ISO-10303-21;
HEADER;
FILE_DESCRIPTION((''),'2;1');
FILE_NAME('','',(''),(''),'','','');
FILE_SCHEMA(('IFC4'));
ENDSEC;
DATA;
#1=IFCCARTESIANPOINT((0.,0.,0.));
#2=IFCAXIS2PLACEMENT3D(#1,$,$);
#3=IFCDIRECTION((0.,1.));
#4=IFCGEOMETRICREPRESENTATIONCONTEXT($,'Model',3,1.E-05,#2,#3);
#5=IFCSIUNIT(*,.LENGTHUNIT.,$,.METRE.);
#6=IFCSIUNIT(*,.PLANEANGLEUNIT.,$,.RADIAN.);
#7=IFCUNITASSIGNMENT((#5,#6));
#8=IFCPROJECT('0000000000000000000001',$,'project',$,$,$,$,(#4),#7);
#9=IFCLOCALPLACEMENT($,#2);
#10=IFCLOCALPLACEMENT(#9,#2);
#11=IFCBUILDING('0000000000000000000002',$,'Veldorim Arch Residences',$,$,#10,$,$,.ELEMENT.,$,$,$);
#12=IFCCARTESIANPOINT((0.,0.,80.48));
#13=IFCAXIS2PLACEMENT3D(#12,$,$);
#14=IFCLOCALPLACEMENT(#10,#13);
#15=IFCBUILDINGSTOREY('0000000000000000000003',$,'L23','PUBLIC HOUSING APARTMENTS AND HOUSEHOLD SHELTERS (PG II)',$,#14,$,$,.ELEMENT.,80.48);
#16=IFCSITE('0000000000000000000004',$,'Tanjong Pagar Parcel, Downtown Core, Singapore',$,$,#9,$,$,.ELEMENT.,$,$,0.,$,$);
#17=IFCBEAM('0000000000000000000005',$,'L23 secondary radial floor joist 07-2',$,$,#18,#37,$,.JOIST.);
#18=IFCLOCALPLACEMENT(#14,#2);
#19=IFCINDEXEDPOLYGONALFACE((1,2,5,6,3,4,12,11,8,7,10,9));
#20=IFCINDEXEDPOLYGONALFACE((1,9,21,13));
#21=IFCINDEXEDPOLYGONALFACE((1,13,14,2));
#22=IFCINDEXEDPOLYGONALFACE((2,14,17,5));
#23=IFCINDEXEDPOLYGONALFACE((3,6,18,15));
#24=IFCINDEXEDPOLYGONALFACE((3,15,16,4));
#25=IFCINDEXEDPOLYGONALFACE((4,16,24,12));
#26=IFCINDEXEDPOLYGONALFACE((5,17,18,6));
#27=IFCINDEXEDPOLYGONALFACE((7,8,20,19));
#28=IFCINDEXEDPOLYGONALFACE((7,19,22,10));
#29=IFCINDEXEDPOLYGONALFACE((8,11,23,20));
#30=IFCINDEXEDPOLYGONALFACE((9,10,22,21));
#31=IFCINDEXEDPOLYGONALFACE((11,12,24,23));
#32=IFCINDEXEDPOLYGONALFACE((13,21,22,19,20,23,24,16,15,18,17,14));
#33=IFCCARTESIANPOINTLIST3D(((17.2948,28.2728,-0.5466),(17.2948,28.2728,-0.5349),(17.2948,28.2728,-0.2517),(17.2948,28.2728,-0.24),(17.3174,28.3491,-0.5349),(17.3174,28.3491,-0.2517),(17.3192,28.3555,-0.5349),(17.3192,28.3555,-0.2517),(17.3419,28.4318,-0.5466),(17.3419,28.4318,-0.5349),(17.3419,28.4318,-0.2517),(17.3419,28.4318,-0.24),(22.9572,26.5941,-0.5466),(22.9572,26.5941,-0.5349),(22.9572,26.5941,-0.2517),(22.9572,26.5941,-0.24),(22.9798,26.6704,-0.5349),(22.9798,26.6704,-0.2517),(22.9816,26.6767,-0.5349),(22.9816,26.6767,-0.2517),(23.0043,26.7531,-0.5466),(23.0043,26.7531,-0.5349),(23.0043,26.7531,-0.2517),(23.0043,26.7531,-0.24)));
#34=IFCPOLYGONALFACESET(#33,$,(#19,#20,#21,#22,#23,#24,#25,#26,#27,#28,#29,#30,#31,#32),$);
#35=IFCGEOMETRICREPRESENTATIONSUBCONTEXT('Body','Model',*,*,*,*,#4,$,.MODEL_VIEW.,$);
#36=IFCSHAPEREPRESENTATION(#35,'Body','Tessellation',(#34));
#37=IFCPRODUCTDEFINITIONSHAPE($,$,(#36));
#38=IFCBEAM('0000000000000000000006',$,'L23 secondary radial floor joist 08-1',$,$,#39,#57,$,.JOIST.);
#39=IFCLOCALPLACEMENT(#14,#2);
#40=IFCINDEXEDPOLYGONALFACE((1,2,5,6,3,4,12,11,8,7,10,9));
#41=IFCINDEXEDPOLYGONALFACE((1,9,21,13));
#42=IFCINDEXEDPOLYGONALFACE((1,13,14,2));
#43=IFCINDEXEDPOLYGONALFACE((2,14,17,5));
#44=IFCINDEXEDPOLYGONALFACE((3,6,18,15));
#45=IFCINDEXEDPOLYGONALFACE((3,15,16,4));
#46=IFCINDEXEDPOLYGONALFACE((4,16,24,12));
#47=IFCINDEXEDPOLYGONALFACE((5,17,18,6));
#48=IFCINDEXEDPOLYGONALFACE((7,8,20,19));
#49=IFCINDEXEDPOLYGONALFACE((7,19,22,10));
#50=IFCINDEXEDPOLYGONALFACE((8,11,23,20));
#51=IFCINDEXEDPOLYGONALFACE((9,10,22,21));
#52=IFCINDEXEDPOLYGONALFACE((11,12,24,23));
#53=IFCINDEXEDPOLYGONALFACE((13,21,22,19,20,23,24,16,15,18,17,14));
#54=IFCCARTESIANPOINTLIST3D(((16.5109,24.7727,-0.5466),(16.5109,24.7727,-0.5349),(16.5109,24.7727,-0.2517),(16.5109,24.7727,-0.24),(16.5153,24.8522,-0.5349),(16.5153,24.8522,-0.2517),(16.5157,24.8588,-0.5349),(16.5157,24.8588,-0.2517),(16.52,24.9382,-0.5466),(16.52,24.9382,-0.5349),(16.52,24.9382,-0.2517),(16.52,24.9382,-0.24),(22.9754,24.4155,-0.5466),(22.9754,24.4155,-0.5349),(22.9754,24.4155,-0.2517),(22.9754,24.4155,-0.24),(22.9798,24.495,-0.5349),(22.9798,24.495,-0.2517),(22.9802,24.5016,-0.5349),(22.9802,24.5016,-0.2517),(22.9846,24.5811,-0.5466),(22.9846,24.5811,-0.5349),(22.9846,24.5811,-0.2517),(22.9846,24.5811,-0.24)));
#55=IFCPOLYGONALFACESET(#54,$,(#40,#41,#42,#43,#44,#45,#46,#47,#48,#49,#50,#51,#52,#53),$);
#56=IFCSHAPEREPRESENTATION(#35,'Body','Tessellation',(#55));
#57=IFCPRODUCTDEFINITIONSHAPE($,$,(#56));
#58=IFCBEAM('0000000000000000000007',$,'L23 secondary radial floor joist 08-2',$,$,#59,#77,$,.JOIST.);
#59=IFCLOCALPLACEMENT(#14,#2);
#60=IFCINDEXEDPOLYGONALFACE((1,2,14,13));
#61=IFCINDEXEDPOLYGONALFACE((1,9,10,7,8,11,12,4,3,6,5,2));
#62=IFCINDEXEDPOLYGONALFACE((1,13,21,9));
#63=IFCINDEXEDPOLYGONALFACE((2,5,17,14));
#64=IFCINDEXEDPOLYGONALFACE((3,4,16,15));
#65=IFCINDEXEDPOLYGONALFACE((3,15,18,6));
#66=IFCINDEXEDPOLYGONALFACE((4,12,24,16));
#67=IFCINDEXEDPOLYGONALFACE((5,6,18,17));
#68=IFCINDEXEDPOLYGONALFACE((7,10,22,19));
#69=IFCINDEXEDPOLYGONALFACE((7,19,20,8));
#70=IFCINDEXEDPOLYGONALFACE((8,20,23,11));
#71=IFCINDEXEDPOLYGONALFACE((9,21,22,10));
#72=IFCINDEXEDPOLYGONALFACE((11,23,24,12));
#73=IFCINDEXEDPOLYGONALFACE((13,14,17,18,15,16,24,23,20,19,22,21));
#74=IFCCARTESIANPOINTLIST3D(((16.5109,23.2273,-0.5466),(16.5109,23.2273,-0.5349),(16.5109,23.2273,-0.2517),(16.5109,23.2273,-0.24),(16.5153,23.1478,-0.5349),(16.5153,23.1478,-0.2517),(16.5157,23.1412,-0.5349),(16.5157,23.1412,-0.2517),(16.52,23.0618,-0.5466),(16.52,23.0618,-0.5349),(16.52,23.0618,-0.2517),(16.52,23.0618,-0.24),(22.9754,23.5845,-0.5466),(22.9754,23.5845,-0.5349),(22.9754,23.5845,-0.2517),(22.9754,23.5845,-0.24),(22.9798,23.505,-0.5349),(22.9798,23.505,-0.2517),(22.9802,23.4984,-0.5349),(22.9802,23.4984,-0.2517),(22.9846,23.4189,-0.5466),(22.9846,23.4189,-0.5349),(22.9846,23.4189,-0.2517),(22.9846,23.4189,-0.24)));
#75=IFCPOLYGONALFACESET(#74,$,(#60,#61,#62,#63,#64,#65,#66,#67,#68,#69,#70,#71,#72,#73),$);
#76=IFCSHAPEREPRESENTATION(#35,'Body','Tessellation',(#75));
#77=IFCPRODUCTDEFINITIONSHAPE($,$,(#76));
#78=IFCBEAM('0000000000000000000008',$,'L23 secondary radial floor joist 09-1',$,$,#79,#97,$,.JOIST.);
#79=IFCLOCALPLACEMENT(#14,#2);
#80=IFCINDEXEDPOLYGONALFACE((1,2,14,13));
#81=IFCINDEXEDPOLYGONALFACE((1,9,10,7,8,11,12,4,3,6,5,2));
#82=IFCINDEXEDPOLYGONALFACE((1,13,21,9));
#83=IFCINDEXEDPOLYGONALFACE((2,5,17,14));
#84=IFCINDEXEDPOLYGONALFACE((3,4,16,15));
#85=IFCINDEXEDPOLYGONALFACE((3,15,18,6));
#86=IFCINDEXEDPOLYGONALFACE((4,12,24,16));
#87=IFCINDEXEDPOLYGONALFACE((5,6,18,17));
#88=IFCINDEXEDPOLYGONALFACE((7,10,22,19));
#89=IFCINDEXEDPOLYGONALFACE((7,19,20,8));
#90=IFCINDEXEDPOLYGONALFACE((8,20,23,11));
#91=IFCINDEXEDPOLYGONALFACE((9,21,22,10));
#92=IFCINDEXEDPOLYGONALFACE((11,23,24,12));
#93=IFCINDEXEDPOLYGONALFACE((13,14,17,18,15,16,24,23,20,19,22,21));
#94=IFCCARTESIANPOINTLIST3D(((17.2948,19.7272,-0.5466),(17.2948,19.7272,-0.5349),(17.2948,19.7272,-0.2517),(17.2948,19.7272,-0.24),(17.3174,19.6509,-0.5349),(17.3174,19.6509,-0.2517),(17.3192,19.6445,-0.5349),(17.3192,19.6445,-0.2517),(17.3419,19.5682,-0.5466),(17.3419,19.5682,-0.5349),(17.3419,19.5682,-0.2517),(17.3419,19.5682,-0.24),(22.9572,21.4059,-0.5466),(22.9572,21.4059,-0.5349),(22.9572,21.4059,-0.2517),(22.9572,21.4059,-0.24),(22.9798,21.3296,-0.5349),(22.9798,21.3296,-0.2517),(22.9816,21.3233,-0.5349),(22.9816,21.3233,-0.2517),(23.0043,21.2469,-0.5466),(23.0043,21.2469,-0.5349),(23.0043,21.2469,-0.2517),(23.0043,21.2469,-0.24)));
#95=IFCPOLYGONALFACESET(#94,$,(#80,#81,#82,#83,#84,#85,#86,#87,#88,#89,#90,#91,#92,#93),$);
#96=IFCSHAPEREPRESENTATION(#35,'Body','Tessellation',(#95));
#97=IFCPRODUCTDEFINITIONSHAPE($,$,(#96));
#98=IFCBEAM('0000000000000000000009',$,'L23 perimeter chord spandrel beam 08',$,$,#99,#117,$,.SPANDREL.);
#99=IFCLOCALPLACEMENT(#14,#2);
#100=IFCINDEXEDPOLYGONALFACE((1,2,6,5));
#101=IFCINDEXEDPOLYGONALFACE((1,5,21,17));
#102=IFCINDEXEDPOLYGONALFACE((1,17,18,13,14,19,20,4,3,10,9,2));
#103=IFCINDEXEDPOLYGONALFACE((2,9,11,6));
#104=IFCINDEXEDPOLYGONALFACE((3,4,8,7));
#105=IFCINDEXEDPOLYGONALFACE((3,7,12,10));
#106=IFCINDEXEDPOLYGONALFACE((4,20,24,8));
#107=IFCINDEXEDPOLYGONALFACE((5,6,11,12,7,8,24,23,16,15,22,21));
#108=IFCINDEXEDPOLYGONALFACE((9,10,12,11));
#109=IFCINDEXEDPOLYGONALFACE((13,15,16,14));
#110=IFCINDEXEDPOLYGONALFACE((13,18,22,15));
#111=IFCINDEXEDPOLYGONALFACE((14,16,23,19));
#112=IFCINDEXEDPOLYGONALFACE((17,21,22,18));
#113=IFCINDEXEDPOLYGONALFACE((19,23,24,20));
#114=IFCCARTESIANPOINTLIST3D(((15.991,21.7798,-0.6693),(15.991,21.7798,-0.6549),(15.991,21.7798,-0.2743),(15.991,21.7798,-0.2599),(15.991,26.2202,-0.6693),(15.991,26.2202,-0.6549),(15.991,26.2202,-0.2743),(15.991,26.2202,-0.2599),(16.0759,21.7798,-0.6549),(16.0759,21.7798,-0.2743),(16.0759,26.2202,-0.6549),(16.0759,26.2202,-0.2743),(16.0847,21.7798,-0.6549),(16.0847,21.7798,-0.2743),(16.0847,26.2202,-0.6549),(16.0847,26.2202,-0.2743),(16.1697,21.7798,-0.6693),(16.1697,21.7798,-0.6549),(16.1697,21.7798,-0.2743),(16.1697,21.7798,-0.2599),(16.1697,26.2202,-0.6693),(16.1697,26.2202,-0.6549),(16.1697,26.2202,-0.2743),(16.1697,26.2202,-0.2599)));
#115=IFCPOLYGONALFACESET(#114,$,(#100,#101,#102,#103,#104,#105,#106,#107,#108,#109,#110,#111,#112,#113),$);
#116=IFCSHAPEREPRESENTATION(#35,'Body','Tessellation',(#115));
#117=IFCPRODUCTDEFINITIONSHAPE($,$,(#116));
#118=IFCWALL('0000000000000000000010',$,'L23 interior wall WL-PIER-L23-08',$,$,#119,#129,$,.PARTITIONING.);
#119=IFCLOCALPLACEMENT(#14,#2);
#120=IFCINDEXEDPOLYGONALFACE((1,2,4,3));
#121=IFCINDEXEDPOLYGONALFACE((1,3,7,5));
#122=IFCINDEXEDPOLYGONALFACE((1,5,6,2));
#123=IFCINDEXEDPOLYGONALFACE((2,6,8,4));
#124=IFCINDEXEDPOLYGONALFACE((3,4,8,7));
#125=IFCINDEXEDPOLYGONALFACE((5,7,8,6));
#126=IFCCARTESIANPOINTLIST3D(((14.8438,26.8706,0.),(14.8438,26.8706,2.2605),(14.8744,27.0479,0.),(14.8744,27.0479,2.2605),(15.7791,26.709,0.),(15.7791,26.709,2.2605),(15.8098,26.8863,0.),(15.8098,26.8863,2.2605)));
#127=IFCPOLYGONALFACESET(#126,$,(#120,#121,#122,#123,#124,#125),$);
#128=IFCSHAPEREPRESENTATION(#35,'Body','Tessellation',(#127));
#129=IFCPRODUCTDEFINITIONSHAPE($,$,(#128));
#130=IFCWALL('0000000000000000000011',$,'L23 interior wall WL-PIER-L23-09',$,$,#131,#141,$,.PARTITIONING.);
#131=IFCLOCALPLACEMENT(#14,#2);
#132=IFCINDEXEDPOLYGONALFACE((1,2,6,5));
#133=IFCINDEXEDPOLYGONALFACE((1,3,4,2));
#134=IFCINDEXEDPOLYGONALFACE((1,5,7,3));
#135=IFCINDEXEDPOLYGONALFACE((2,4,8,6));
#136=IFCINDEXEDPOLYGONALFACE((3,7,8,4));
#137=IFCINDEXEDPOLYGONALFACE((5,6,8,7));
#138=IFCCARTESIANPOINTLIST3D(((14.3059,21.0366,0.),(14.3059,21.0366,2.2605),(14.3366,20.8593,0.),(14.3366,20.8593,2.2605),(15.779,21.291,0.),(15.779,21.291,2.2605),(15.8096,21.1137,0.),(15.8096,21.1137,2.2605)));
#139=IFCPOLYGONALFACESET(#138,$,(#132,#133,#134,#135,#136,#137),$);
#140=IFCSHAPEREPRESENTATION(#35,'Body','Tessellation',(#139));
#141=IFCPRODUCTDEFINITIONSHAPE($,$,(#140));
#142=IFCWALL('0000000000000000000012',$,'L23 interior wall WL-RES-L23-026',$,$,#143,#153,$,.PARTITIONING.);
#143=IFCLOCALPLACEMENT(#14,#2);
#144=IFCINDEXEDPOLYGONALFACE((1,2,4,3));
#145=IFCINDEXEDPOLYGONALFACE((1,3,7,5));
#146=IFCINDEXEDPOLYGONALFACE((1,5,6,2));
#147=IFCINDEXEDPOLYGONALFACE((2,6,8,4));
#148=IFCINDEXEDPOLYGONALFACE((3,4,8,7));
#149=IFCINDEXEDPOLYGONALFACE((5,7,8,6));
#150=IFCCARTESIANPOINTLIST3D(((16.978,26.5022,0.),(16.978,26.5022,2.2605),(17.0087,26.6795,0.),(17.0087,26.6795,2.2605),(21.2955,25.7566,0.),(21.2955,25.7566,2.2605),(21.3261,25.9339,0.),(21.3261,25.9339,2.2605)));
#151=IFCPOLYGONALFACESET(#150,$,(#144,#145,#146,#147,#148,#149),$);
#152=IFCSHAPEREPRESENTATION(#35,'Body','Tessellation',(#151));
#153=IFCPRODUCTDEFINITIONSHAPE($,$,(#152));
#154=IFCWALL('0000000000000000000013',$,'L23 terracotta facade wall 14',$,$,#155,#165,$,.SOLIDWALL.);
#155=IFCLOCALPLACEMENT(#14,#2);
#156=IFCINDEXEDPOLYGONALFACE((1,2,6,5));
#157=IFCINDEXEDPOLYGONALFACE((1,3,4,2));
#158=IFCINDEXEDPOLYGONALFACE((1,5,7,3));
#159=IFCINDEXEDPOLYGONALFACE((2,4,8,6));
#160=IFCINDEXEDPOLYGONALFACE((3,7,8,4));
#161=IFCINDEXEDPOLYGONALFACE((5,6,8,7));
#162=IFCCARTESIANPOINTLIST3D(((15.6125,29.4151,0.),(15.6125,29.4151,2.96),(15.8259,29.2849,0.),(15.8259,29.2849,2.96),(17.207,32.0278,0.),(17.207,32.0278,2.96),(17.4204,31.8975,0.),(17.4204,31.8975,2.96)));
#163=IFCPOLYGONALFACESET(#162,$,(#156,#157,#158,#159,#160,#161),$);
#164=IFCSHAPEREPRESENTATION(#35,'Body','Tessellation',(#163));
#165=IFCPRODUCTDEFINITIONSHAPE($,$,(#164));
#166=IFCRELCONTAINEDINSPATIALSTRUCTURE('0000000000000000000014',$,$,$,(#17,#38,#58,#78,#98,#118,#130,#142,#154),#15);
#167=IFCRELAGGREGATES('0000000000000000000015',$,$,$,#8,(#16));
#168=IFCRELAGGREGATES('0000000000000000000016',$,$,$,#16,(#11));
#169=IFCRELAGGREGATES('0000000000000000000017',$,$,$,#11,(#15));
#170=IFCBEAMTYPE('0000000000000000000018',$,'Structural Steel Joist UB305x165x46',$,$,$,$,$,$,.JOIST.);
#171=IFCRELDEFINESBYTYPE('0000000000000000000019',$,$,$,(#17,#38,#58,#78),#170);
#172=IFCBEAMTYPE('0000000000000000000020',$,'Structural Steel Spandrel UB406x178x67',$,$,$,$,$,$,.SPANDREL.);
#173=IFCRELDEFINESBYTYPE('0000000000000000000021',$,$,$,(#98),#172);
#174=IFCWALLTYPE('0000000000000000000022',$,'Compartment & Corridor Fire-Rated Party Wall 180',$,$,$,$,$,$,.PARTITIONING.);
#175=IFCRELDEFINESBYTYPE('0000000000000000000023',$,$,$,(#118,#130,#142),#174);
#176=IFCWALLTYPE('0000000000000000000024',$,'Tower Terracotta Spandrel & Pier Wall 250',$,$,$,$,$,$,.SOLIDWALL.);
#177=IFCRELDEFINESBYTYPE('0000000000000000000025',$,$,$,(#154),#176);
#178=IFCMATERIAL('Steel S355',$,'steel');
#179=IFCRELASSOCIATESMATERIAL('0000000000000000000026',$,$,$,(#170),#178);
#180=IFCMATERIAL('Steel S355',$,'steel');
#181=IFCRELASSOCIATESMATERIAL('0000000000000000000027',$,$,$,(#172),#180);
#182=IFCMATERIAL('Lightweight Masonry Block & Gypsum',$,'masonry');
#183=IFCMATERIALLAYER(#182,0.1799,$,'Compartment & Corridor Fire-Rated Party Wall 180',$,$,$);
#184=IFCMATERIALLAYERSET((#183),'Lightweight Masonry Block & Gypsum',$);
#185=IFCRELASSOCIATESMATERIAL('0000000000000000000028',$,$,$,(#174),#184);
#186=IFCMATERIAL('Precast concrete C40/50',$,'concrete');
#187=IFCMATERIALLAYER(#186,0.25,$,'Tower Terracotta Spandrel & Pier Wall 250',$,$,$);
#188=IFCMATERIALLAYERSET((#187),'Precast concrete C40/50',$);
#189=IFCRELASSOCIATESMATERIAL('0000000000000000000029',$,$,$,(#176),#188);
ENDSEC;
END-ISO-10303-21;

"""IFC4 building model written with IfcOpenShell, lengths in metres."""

from ifc_helpers import new_model, si_unit, direction, frame, frame_2d, origin, origin_2d, place, context, subcontext, project, spatial, rectangle, i_section, extrude, material, layer, layer_set, material_profile, profile_set, type_object, element, save


model = new_model("IFC4")

# Units and contexts
model_context = context("Model", 3, precision=1e-05, world=origin(), true_north=direction((0.0, 1.0)))
body_context = subcontext(model_context, "Body", "Model", "MODEL_VIEW")
ifc_project = project(units=[si_unit("LENGTHUNIT", "METRE"), si_unit("PLANEANGLEUNIT", "RADIAN")], contexts=[model_context])

# Site, building, storey
site_placement = place(None, origin())
site = spatial("IfcSite", under=ifc_project, at=site_placement, Name="Tanjong Pagar Parcel, Downtown Core, Singapore", CompositionType="ELEMENT", RefElevation=0.0)
building_placement = place(site_placement, origin())
building = spatial("IfcBuilding", under=site, at=building_placement, Name="Veldorim Arch Residences", CompositionType="ELEMENT")
storey_placement = place(building_placement, frame((0.0, 0.0, 80.48)))
storey = spatial("IfcBuildingStorey", under=building, at=storey_placement, Name="L23", Description="PUBLIC HOUSING APARTMENTS AND HOUSEHOLD SHELTERS (PG II)", CompositionType="ELEMENT", Elevation=80.48)

# Beams
ifc_material_1 = material(Name="Steel S355", Category="steel")
ifc_material_profile_1 = material_profile(ifc_material_1, i_section(OverallWidth=0.1658, OverallDepth=0.3066, WebThickness=0.0066, FlangeThickness=0.0117, at=origin_2d()), Name="UB305x165x46")
ifc_profile_set_1 = profile_set([ifc_material_profile_1], Name="Steel S355")
beam_type_1 = type_object("IfcBeamType", Name="Structural Steel Joist UB305x165x46", PredefinedType="JOIST", material=ifc_profile_set_1)
beam_1_placement = place(storey_placement, frame((22.9807, 26.6736, -0.3933), z_axis=(-0.958753, 0.28424, 0.0), x_axis=(-0.28424, -0.958753, 0.0)))
element("IfcBeam", 1, at=beam_1_placement, inside=storey, type_object=beam_type_1, Name="L23 secondary radial floor joist 07-2", PredefinedType="JOIST", context=body_context, shape_type="SweptSolid", body=[
    extrude(i_section(OverallWidth=0.1658, OverallDepth=0.3066, WebThickness=0.0066, FlangeThickness=0.0117, at=origin_2d()), origin(), (0.0, 0.0, 1.0), 5.906),
])
for number, where, z_axis, x_axis, name in (
    (2, (22.98, 24.4983, -0.3933), (-0.998477, 0.055167, 0.0), (-0.055167, -0.998477, 0.0), "L23 secondary radial floor joist 08-1"),
    (3, (22.98, 23.5017, -0.3933), (-0.998477, -0.055167, 0.0), (0.055167, -0.998477, 0.0), "L23 secondary radial floor joist 08-2"),
):
    element("IfcBeam", number, at=place(storey_placement, frame(where, z_axis=z_axis, x_axis=x_axis)), inside=storey, type_object=beam_type_1, Name=name, PredefinedType="JOIST", context=body_context, shape_type="SweptSolid", body=[
        extrude(i_section(OverallWidth=0.1658, OverallDepth=0.3066, WebThickness=0.0066, FlangeThickness=0.0117, at=origin_2d()), origin(), (0.0, 0.0, 1.0), 6.4744),
    ])
beam_2_placement = place(storey_placement, frame((22.9807, 21.3264, -0.3933), z_axis=(-0.958753, -0.28424, 0.0), x_axis=(0.28424, -0.958753, 0.0)))
element("IfcBeam", 4, at=beam_2_placement, inside=storey, type_object=beam_type_1, Name="L23 secondary radial floor joist 09-1", PredefinedType="JOIST", context=body_context, shape_type="SweptSolid", body=[
    extrude(i_section(OverallWidth=0.1658, OverallDepth=0.3066, WebThickness=0.0066, FlangeThickness=0.0117, at=origin_2d()), origin(), (0.0, 0.0, 1.0), 5.906),
])
ifc_material_2 = material(Name="Steel S355", Category="steel")
ifc_material_profile_2 = material_profile(ifc_material_2, i_section(OverallWidth=0.1787, OverallDepth=0.4094, WebThickness=0.0088, FlangeThickness=0.0144, at=origin_2d()), Name="UB406x178x67")
ifc_profile_set_2 = profile_set([ifc_material_profile_2], Name="Steel S355")
beam_type_2 = type_object("IfcBeamType", Name="Structural Steel Spandrel UB406x178x67", PredefinedType="SPANDREL", material=ifc_profile_set_2)
beam_3_placement = place(storey_placement, frame((16.0803, 26.2202, -0.4646), z_axis=(0.0, -1.0, 0.0), x_axis=(1.0, 0.0, 0.0)))
element("IfcBeam", 5, at=beam_3_placement, inside=storey, type_object=beam_type_2, Name="L23 perimeter chord spandrel beam 08", PredefinedType="SPANDREL", context=body_context, shape_type="SweptSolid", body=[
    extrude(i_section(OverallWidth=0.1787, OverallDepth=0.4094, WebThickness=0.0088, FlangeThickness=0.0144, at=origin_2d()), origin(), (0.0, 0.0, 1.0), 4.4404),
])

# Walls
ifc_material_3 = material(Name="Lightweight Masonry Block & Gypsum", Category="masonry")
ifc_layer_1 = layer(ifc_material_3, 0.1799, Name="Compartment & Corridor Fire-Rated Party Wall 180")
ifc_layer_set_1 = layer_set([ifc_layer_1], Name="Lightweight Masonry Block & Gypsum")
wall_type_1 = type_object("IfcWallType", Name="Compartment & Corridor Fire-Rated Party Wall 180", PredefinedType="PARTITIONING", material=ifc_layer_set_1)
wall_1_placement = place(storey_placement, frame((15.7944, 26.7976, 0.0), z_axis=(0.0, 0.0, 1.0), x_axis=(-0.985396, 0.170277, 0.0)))
element("IfcWall", 6, at=wall_1_placement, inside=storey, type_object=wall_type_1, Name="L23 interior wall WL-PIER-L23-08", PredefinedType="PARTITIONING", context=body_context, shape_type="SweptSolid", body=[
    extrude(rectangle(XDim=0.9492, YDim=0.1799, at=frame_2d((0.4746, 0.0))), origin(), (0.0, 0.0, 1.0), 2.2605),
])
wall_2_placement = place(storey_placement, frame((15.7944, 21.2024, 0.0), z_axis=(0.0, 0.0, 1.0), x_axis=(-0.985415, -0.170169, 0.0)))
element("IfcWall", 7, at=wall_2_placement, inside=storey, type_object=wall_type_1, Name="L23 interior wall WL-PIER-L23-09", PredefinedType="PARTITIONING", context=body_context, shape_type="SweptSolid", body=[
    extrude(rectangle(XDim=1.4949, YDim=0.1799, at=frame_2d((0.7476, 0.0))), origin(), (0.0, 0.0, 1.0), 2.2605),
])
wall_3_placement = place(storey_placement, frame((21.3108, 25.8452, 0.0), z_axis=(0.0, 0.0, 1.0), x_axis=(-0.985413, 0.170179, 0.0)))
element("IfcWall", 8, at=wall_3_placement, inside=storey, type_object=wall_type_1, Name="L23 interior wall WL-RES-L23-026", PredefinedType="PARTITIONING", context=body_context, shape_type="SweptSolid", body=[
    extrude(rectangle(XDim=4.3813, YDim=0.1799, at=frame_2d((2.1907, 0.0))), origin(), (0.0, 0.0, 1.0), 2.2605),
])
ifc_material_4 = material(Name="Precast concrete C40/50", Category="concrete")
ifc_layer_2 = layer(ifc_material_4, 0.25, Name="Tower Terracotta Spandrel & Pier Wall 250")
ifc_layer_set_2 = layer_set([ifc_layer_2], Name="Precast concrete C40/50")
wall_type_2 = type_object("IfcWallType", Name="Tower Terracotta Spandrel & Pier Wall 250", PredefinedType="SOLIDWALL", material=ifc_layer_set_2)
wall_4_placement = place(storey_placement, frame((15.7192, 29.3501, 0.0), z_axis=(0.0, 0.0, 1.0), x_axis=(0.520956, 0.853583, 0.0)))
element("IfcWall", 9, at=wall_4_placement, inside=storey, type_object=wall_type_2, Name="L23 terracotta facade wall 14", PredefinedType="SOLIDWALL", context=body_context, shape_type="SweptSolid", body=[
    extrude(rectangle(XDim=3.0608, YDim=0.25, at=frame_2d((1.5303, 0.0))), origin(), (0.0, 0.0, 1.0), 2.96),
])

save(model, "model.ifc")
